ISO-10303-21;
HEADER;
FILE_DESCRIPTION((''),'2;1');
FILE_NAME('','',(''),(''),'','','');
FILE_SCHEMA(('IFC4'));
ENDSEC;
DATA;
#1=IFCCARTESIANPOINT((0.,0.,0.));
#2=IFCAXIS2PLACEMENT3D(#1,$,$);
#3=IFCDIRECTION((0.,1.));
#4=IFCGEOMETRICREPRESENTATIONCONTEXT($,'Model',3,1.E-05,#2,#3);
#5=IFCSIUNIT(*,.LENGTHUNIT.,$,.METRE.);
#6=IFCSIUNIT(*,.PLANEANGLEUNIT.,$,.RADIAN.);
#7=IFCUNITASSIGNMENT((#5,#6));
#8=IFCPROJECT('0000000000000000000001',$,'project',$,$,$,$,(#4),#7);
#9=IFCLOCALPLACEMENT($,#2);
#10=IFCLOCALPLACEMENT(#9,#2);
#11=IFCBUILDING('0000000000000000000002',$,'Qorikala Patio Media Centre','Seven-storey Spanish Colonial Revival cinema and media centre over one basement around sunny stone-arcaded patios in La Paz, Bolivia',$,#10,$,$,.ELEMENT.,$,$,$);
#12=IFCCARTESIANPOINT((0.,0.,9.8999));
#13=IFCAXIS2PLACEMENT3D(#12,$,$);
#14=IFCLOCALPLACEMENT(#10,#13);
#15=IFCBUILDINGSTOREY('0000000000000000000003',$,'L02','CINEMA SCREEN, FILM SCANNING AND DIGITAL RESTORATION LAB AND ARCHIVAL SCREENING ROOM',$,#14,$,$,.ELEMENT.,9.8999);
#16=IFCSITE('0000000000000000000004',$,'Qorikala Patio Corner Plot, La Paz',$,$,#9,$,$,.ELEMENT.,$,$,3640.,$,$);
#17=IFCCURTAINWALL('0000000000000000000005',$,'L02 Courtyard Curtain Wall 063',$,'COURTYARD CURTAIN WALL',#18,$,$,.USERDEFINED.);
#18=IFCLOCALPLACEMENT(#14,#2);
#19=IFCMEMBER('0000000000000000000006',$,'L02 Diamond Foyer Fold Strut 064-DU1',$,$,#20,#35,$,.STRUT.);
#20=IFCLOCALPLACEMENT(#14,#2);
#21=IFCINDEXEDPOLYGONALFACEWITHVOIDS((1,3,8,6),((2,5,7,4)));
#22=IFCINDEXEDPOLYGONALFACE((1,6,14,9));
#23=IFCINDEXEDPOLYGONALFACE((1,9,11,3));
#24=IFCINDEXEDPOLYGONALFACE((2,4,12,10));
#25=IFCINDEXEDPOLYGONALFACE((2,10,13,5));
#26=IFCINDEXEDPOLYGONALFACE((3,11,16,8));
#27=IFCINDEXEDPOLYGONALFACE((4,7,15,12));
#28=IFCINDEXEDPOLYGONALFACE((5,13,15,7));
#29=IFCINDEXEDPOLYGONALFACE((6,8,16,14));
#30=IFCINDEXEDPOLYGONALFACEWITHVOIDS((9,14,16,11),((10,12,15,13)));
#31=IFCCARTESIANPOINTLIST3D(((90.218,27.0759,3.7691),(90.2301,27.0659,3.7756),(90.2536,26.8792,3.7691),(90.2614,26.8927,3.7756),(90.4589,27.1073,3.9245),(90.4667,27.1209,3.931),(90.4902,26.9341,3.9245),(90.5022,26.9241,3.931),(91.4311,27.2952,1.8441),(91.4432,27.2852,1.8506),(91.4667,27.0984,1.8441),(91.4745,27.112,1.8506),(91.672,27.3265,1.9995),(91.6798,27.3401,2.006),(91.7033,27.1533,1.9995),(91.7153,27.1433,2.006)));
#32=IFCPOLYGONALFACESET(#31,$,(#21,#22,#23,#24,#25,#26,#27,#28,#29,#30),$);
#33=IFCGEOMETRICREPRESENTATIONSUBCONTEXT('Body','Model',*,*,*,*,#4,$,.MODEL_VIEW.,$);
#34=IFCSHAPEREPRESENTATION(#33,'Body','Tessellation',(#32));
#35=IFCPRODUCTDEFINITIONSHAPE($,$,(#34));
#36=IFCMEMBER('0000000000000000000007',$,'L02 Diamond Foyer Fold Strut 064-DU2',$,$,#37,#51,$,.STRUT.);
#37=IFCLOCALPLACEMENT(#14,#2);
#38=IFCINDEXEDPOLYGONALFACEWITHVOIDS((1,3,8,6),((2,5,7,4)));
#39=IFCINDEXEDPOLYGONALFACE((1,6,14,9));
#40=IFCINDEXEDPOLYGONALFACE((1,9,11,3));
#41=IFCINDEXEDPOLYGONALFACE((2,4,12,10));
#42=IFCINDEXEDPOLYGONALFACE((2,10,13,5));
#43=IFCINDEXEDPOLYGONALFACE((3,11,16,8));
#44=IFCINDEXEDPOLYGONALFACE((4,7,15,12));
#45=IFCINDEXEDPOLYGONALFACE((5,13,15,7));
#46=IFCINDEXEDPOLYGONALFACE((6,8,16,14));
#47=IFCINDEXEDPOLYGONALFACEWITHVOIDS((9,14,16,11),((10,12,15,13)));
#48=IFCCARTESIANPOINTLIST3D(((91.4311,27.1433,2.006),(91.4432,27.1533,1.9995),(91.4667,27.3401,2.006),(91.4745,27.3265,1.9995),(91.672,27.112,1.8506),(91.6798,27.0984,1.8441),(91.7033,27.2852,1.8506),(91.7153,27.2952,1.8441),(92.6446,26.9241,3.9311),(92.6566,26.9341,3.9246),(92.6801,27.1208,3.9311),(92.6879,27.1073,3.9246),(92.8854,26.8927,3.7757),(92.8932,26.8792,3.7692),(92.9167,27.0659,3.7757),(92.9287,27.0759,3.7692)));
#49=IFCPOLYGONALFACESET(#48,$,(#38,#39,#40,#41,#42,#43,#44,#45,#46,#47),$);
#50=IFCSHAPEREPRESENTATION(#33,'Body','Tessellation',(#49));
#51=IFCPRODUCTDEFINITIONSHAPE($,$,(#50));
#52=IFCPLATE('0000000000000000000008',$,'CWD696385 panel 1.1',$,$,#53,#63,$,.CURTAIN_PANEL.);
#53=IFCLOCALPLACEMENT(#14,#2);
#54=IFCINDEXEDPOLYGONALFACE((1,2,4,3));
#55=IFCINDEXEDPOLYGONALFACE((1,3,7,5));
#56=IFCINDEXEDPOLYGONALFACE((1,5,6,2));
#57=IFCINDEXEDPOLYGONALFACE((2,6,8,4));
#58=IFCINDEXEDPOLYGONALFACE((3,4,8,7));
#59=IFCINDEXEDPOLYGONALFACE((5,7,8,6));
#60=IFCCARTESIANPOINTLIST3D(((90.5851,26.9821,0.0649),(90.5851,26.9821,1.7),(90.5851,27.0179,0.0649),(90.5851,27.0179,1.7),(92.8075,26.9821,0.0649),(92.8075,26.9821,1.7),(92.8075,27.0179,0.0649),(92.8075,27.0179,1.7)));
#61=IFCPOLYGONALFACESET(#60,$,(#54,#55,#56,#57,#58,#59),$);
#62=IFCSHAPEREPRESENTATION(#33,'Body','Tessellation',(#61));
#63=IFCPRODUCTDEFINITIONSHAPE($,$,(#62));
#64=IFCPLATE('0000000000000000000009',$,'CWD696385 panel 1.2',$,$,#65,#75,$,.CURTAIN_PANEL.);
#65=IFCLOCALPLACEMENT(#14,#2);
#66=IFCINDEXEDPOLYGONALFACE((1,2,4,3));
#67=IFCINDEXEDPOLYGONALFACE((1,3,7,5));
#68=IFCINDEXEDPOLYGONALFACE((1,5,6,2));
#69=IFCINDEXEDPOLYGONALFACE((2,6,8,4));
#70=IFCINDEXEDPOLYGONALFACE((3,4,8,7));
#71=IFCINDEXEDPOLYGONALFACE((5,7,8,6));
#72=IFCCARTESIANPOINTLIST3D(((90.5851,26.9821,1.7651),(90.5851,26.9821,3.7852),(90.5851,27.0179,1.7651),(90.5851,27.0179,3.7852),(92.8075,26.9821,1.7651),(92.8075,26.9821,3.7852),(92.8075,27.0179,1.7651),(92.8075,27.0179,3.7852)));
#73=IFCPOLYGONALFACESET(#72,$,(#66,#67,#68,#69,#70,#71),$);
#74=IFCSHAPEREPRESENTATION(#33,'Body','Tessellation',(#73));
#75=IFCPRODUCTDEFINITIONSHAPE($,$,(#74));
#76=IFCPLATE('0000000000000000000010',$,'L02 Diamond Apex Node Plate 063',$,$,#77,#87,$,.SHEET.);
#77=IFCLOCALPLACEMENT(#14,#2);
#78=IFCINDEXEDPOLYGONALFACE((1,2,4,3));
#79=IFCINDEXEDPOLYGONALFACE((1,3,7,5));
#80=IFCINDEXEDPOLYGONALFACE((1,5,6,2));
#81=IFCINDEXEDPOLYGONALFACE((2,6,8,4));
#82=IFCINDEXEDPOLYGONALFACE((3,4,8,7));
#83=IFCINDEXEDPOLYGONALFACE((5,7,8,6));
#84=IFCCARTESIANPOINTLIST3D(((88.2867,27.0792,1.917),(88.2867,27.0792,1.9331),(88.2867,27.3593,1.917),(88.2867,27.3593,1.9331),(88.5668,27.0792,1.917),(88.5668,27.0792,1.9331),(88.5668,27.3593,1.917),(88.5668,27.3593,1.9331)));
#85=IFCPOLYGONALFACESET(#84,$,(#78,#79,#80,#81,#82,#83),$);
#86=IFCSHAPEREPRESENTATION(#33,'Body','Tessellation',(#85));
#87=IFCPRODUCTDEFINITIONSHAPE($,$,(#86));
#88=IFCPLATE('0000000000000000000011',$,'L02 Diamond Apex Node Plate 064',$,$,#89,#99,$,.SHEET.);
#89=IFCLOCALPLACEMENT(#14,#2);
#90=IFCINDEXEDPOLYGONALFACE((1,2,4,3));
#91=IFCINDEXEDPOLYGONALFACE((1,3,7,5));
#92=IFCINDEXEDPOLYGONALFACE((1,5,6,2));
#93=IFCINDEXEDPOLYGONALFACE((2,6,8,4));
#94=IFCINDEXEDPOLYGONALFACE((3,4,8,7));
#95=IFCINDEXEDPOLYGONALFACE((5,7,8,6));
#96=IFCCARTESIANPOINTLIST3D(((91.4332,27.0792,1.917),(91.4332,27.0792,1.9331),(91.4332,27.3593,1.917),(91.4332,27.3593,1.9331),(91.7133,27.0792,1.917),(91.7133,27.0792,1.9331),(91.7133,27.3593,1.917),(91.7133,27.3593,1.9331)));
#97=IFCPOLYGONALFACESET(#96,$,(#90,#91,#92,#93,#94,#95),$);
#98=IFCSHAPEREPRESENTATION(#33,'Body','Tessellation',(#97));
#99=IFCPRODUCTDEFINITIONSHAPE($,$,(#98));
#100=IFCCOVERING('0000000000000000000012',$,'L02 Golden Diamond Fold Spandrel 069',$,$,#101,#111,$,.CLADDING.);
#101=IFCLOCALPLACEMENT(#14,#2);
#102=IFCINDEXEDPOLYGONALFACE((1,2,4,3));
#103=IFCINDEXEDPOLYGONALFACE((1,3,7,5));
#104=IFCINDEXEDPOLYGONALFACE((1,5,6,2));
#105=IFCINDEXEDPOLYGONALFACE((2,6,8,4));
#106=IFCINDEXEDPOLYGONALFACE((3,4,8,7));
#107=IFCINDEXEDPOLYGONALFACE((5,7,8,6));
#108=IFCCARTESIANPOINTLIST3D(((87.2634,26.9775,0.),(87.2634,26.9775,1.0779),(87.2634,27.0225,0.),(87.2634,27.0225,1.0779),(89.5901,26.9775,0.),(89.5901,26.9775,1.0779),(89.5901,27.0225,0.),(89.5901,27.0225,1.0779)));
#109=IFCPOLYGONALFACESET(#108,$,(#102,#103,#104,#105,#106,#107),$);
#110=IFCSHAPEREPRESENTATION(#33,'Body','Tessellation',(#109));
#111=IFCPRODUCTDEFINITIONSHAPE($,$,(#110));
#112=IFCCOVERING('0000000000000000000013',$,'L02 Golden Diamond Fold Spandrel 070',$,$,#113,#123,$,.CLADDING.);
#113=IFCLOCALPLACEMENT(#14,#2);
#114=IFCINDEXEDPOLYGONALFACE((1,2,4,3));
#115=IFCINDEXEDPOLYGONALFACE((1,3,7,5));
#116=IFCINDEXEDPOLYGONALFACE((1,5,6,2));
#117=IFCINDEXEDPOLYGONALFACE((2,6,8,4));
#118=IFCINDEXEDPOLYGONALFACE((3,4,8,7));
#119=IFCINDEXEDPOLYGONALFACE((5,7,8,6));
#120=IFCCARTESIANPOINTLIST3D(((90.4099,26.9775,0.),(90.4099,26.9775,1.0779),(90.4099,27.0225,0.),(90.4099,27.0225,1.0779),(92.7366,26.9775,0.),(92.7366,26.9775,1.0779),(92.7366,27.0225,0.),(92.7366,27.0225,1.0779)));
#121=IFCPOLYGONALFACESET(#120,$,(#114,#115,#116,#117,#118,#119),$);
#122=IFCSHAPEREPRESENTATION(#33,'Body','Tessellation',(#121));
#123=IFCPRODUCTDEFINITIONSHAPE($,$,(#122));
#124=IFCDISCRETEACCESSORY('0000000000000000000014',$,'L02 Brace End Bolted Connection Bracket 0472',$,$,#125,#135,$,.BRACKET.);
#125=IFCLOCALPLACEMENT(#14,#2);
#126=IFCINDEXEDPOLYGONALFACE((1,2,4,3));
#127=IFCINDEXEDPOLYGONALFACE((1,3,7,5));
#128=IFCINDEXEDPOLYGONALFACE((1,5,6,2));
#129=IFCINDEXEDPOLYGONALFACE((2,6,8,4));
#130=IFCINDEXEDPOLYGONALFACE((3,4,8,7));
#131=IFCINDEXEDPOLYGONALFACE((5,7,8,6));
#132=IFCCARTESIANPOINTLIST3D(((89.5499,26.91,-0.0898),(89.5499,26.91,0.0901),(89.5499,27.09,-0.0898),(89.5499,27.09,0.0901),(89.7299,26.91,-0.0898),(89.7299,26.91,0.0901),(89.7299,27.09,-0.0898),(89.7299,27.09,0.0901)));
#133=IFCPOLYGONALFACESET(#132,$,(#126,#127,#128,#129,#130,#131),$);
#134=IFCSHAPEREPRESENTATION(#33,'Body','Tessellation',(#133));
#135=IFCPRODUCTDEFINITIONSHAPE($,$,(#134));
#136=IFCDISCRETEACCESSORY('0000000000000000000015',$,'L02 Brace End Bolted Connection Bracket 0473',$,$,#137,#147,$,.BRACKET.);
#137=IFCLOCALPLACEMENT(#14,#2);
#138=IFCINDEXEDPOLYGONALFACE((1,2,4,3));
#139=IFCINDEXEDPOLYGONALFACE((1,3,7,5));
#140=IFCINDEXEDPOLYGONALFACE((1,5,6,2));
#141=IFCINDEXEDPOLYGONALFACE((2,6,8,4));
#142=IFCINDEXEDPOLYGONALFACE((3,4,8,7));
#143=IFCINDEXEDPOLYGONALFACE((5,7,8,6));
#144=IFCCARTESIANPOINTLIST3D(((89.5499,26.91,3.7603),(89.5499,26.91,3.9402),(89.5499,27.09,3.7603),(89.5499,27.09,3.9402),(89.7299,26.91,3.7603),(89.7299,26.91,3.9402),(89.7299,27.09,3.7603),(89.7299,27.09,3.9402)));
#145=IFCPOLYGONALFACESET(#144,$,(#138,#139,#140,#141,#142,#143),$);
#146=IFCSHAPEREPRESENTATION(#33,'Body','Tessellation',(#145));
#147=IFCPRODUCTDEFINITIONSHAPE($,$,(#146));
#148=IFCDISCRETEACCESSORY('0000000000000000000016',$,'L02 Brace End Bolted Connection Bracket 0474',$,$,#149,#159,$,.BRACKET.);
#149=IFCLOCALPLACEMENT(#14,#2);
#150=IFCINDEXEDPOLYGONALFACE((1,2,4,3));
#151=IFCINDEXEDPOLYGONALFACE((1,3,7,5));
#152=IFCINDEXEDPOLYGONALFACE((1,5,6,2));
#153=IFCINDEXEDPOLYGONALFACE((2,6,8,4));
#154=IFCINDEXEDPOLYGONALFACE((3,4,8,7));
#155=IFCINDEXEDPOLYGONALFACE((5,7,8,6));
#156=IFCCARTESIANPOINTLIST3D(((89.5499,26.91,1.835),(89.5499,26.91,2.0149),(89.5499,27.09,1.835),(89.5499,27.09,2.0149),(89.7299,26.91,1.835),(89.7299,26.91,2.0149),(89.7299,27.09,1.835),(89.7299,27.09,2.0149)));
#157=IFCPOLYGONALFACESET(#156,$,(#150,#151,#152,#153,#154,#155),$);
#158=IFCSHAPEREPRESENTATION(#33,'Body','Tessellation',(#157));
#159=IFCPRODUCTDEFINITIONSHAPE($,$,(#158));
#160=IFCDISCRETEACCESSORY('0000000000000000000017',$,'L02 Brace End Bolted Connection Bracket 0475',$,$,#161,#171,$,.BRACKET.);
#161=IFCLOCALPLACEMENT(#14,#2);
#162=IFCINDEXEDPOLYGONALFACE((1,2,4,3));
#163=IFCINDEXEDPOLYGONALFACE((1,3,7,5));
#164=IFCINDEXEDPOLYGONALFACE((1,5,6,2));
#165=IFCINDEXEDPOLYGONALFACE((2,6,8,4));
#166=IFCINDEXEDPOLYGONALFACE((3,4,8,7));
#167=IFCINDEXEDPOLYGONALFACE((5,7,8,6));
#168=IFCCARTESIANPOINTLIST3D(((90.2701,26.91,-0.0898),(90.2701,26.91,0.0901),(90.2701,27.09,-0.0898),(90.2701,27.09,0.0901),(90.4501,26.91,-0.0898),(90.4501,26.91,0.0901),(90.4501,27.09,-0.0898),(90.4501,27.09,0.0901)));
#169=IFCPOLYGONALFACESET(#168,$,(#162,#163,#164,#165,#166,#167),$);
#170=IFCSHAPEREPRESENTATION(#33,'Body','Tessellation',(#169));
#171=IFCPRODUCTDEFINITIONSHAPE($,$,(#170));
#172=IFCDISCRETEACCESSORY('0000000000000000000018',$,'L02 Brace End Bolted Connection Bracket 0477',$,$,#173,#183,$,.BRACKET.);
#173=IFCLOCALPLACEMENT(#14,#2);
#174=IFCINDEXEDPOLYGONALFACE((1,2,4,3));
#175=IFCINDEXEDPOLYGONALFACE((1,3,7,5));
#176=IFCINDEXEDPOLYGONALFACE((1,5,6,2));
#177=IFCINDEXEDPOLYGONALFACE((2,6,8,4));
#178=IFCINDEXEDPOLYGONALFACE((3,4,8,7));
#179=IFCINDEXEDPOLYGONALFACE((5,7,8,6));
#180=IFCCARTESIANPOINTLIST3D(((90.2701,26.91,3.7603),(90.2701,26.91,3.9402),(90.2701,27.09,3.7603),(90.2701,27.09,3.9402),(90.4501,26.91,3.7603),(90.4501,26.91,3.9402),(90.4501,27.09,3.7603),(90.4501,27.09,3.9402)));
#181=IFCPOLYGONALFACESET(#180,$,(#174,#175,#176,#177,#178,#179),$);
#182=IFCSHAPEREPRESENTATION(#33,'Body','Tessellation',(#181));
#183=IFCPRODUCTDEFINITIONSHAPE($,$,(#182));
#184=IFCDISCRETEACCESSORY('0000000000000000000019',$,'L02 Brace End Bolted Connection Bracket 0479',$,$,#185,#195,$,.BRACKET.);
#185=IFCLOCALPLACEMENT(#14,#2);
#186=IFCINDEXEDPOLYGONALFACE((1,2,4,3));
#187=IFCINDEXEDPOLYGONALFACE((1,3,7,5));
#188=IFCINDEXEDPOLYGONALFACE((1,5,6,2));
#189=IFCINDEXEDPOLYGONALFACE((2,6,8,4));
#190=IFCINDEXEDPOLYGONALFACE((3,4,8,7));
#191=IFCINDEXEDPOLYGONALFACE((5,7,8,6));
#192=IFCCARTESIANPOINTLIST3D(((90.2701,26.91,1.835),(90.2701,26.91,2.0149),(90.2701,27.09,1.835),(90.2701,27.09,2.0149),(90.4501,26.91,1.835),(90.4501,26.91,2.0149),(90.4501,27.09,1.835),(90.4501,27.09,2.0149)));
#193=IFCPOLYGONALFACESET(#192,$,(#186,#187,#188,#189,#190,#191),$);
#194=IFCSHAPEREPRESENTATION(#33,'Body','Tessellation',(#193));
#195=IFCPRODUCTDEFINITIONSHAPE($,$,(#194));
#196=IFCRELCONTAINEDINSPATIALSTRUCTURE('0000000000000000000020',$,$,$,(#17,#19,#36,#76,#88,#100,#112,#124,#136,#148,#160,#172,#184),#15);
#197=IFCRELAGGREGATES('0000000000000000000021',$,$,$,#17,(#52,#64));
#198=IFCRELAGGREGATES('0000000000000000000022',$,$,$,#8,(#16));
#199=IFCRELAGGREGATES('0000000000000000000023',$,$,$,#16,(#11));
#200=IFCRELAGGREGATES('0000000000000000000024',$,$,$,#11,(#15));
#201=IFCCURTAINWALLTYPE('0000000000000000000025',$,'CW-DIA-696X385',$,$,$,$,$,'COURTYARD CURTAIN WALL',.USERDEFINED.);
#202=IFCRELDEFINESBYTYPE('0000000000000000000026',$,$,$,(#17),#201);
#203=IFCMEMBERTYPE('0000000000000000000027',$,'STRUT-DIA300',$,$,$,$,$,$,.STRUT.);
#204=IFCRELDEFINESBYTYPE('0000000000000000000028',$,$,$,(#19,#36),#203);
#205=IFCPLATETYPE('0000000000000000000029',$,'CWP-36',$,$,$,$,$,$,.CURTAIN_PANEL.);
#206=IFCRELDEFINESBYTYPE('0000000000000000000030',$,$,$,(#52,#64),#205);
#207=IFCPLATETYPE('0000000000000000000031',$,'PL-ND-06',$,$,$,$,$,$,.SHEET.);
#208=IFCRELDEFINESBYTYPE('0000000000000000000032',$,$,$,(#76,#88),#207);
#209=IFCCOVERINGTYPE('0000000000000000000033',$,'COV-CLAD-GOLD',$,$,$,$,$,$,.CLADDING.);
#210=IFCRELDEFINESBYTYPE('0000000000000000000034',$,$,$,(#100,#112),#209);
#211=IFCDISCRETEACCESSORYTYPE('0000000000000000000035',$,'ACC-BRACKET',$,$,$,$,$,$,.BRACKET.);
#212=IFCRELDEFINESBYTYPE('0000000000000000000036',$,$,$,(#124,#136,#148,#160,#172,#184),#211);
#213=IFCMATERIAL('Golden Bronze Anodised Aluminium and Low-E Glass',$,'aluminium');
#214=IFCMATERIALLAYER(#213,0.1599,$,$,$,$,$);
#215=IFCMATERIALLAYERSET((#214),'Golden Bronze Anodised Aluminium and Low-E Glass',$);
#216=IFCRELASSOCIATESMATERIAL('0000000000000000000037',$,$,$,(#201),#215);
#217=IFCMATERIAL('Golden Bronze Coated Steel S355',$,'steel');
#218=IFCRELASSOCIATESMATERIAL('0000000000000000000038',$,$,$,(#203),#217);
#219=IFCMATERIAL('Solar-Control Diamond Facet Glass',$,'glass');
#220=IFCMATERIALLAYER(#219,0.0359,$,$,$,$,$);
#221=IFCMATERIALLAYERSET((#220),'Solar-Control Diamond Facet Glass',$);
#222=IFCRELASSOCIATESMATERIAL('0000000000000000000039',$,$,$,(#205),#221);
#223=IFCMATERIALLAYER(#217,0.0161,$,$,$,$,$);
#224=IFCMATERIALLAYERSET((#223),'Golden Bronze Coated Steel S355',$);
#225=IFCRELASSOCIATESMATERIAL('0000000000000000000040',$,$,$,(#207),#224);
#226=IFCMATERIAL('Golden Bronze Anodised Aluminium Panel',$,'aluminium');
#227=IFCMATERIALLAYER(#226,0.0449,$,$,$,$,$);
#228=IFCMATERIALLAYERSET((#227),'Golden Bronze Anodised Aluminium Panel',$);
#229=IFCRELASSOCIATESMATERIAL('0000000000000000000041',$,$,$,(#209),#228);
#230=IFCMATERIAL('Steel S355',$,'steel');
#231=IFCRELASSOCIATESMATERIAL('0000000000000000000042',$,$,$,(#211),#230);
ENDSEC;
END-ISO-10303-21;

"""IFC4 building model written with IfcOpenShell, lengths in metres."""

from ifc_helpers import new_model, si_unit, direction, frame, origin, origin_2d, place, context, subcontext, project, spatial, rectangle, hollow_rectangle, extrude, material, layer, layer_set, material_profile, profile_set, type_object, element, aggregate, save


model = new_model("IFC4")

# Units and contexts
model_context = context("Model", 3, precision=1e-05, world=origin(), true_north=direction((0.0, 1.0)))
body_context = subcontext(model_context, "Body", "Model", "MODEL_VIEW")
ifc_project = project(units=[si_unit("LENGTHUNIT", "METRE"), si_unit("PLANEANGLEUNIT", "RADIAN")], contexts=[model_context])

# Site, building, storey
site_placement = place(None, origin())
site = spatial("IfcSite", under=ifc_project, at=site_placement, Name="Qorikala Patio Corner Plot, La Paz", CompositionType="ELEMENT", RefElevation=3640.0)
building_placement = place(site_placement, origin())
building = spatial("IfcBuilding", under=site, at=building_placement, Name="Qorikala Patio Media Centre", Description="Seven-storey Spanish Colonial Revival cinema and media centre over one basement around sunny stone-arcaded patios in La Paz, Bolivia", CompositionType="ELEMENT")
storey_placement = place(building_placement, frame((0.0, 0.0, 9.8999)))
storey = spatial("IfcBuildingStorey", under=building, at=storey_placement, Name="L02", Description="CINEMA SCREEN, FILM SCANNING AND DIGITAL RESTORATION LAB AND ARCHIVAL SCREENING ROOM", CompositionType="ELEMENT", Elevation=9.8999)

# Shared definitions
ifc_material_1 = material(Name="Golden Bronze Coated Steel S355", Category="steel")

# Shared definitions
ifc_material_2 = material(Name="Golden Bronze Anodised Aluminium and Low-E Glass", Category="aluminium")
ifc_layer_1 = layer(ifc_material_2, 0.1599)
ifc_layer_set_1 = layer_set([ifc_layer_1], Name="Golden Bronze Anodised Aluminium and Low-E Glass")
curtain_wall_type = type_object("IfcCurtainWallType", Name="CW-DIA-696X385", ElementType="COURTYARD CURTAIN WALL", PredefinedType="USERDEFINED", material=ifc_layer_set_1)

# Curtain wall
curtain_wall_1_placement = place(storey_placement, origin())
curtain_wall_1 = element("IfcCurtainWall", 1, at=curtain_wall_1_placement, inside=storey, type_object=curtain_wall_type, Name="L02 Courtyard Curtain Wall 063", ObjectType="COURTYARD CURTAIN WALL", PredefinedType="USERDEFINED")

# Members
ifc_material_profile_1 = material_profile(ifc_material_1, hollow_rectangle(XDim=0.2, YDim=0.3, WallThickness=0.012, at=origin_2d()), Name="HSS300X200X12")
ifc_profile_set_1 = profile_set([ifc_material_profile_1], Name="Golden Bronze Coated Steel S355")
member_type_1 = type_object("IfcMemberType", Name="STRUT-DIA300", PredefinedType="STRUT", material=ifc_profile_set_1)
for number, where, z_axis, x_axis, name in (
    (2, (91.5732, 27.2192, 1.925), (-0.530691, -0.095907, 0.842121), (0.17784, -0.984059, 0.0), "L02 Diamond Foyer Fold Strut 064-DU1"),
):
    element("IfcMember", number, at=place(storey_placement, frame(where, z_axis=z_axis, x_axis=x_axis)), inside=storey, type_object=member_type_1, Name=name, PredefinedType="STRUT", context=body_context, shape_type="SweptSolid", body=[
        extrude(hollow_rectangle(XDim=0.2, YDim=0.3, WallThickness=0.012, at=origin_2d()), origin(), (0.0, 0.0, 1.0), 2.2859),
    ])
member_1_placement = place(storey_placement, frame((91.5732, 27.2192, 1.925), z_axis=(0.530768, -0.095901, 0.842074), x_axis=(0.177805, 0.984066, 0.0)))
element("IfcMember", 3, at=member_1_placement, inside=storey, type_object=member_type_1, Name="L02 Diamond Foyer Fold Strut 064-DU2", PredefinedType="STRUT", context=body_context, shape_type="SweptSolid", body=[
    extrude(hollow_rectangle(XDim=0.2, YDim=0.3, WallThickness=0.012, at=origin_2d()), origin(), (0.0, 0.0, 1.0), 2.2861),
])

# Plates
ifc_material_3 = material(Name="Solar-Control Diamond Facet Glass", Category="glass")
ifc_layer_2 = layer(ifc_material_3, 0.0359)
ifc_layer_set_2 = layer_set([ifc_layer_2], Name="Solar-Control Diamond Facet Glass")
plate_type_1 = type_object("IfcPlateType", Name="CWP-36", PredefinedType="CURTAIN_PANEL", material=ifc_layer_set_2)
plate_1_placement = place(storey_placement, frame((91.6963, 27.0, 0.0649), z_axis=(0.0, 0.0, 1.0), x_axis=(1.0, 0.0, 0.0)))
plate_1 = element("IfcPlate", 4, at=plate_1_placement, type_object=plate_type_1, Name="CWD696385 panel 1.1", PredefinedType="CURTAIN_PANEL", context=body_context, shape_type="SweptSolid", body=[
    extrude(rectangle(XDim=2.2224, YDim=0.0359, at=origin_2d()), origin(), (0.0, 0.0, 1.0), 1.635),
])
plate_2_placement = place(storey_placement, frame((91.6963, 27.0, 1.7651), z_axis=(0.0, 0.0, 1.0), x_axis=(1.0, 0.0, 0.0)))
plate_2 = element("IfcPlate", 5, at=plate_2_placement, type_object=plate_type_1, Name="CWD696385 panel 1.2", PredefinedType="CURTAIN_PANEL", context=body_context, shape_type="SweptSolid", body=[
    extrude(rectangle(XDim=2.2224, YDim=0.0359, at=origin_2d()), origin(), (0.0, 0.0, 1.0), 2.02),
])
aggregate(curtain_wall_1, [plate_1, plate_2])

# Plates
ifc_layer_3 = layer(ifc_material_1, 0.0161)
ifc_layer_set_3 = layer_set([ifc_layer_3], Name="Golden Bronze Coated Steel S355")
plate_type_2 = type_object("IfcPlateType", Name="PL-ND-06", PredefinedType="SHEET", material=ifc_layer_set_3)
for number, where, z_axis, x_axis, name in (
    (6, (88.4268, 27.2192, 1.917), (0.0, 0.0, 1.0), (1.0, 0.0, 0.0), "L02 Diamond Apex Node Plate 063"),
    (7, (91.5732, 27.2192, 1.917), (0.0, 0.0, 1.0), (1.0, 0.0, 0.0), "L02 Diamond Apex Node Plate 064"),
):
    element("IfcPlate", number, at=place(storey_placement, frame(where, z_axis=z_axis, x_axis=x_axis)), inside=storey, type_object=plate_type_2, Name=name, PredefinedType="SHEET", context=body_context, shape_type="SweptSolid", body=[
        extrude(rectangle(XDim=0.28, YDim=0.28, at=origin_2d()), origin(), (0.0, 0.0, 1.0), 0.0161),
    ])

# Coverings
ifc_material_4 = material(Name="Golden Bronze Anodised Aluminium Panel", Category="aluminium")
ifc_layer_4 = layer(ifc_material_4, 0.0449)
ifc_layer_set_4 = layer_set([ifc_layer_4], Name="Golden Bronze Anodised Aluminium Panel")
covering_type = type_object("IfcCoveringType", Name="COV-CLAD-GOLD", PredefinedType="CLADDING", material=ifc_layer_set_4)
for number, where, z_axis, x_axis, name in (
    (8, (88.4268, 27.0, 0.0), (0.0, 0.0, 1.0), (1.0, 0.0, 0.0), "L02 Golden Diamond Fold Spandrel 069"),
    (9, (91.5732, 27.0, 0.0), (0.0, 0.0, 1.0), (1.0, 0.0, 0.0), "L02 Golden Diamond Fold Spandrel 070"),
):
    element("IfcCovering", number, at=place(storey_placement, frame(where, z_axis=z_axis, x_axis=x_axis)), inside=storey, type_object=covering_type, Name=name, PredefinedType="CLADDING", context=body_context, shape_type="SweptSolid", body=[
        extrude(rectangle(XDim=2.3267, YDim=0.0449, at=origin_2d()), origin(), (0.0, 0.0, 1.0), 1.0779),
    ])

# Discrete accessories
ifc_material_5 = material(Name="Steel S355", Category="steel")
discrete_accessory_type = type_object("IfcDiscreteAccessoryType", Name="ACC-BRACKET", PredefinedType="BRACKET", material=ifc_material_5)
for number, where, z_axis, x_axis, name in (
    (10, (89.6399, 27.0, -0.0898), (0.0, 0.0, 1.0), (1.0, 0.0, 0.0), "L02 Brace End Bolted Connection Bracket 0472"),
    (11, (89.6399, 27.0, 3.7603), (0.0, 0.0, 1.0), (1.0, 0.0, 0.0), "L02 Brace End Bolted Connection Bracket 0473"),
    (12, (89.6399, 27.0, 1.835), (0.0, 0.0, 1.0), (1.0, 0.0, 0.0), "L02 Brace End Bolted Connection Bracket 0474"),
    (13, (90.3601, 27.0, -0.0898), (0.0, 0.0, 1.0), (1.0, 0.0, 0.0), "L02 Brace End Bolted Connection Bracket 0475"),
    (14, (90.3601, 27.0, 3.7603), (0.0, 0.0, 1.0), (1.0, 0.0, 0.0), "L02 Brace End Bolted Connection Bracket 0477"),
    (15, (90.3601, 27.0, 1.835), (0.0, 0.0, 1.0), (1.0, 0.0, 0.0), "L02 Brace End Bolted Connection Bracket 0479"),
):
    element("IfcDiscreteAccessory", number, at=place(storey_placement, frame(where, z_axis=z_axis, x_axis=x_axis)), inside=storey, type_object=discrete_accessory_type, Name=name, PredefinedType="BRACKET", context=body_context, shape_type="SweptSolid", body=[
        extrude(rectangle(XDim=0.1799, YDim=0.1799, at=origin_2d()), origin(), (0.0, 0.0, 1.0), 0.1799),
    ])

save(model, "model.ifc")
